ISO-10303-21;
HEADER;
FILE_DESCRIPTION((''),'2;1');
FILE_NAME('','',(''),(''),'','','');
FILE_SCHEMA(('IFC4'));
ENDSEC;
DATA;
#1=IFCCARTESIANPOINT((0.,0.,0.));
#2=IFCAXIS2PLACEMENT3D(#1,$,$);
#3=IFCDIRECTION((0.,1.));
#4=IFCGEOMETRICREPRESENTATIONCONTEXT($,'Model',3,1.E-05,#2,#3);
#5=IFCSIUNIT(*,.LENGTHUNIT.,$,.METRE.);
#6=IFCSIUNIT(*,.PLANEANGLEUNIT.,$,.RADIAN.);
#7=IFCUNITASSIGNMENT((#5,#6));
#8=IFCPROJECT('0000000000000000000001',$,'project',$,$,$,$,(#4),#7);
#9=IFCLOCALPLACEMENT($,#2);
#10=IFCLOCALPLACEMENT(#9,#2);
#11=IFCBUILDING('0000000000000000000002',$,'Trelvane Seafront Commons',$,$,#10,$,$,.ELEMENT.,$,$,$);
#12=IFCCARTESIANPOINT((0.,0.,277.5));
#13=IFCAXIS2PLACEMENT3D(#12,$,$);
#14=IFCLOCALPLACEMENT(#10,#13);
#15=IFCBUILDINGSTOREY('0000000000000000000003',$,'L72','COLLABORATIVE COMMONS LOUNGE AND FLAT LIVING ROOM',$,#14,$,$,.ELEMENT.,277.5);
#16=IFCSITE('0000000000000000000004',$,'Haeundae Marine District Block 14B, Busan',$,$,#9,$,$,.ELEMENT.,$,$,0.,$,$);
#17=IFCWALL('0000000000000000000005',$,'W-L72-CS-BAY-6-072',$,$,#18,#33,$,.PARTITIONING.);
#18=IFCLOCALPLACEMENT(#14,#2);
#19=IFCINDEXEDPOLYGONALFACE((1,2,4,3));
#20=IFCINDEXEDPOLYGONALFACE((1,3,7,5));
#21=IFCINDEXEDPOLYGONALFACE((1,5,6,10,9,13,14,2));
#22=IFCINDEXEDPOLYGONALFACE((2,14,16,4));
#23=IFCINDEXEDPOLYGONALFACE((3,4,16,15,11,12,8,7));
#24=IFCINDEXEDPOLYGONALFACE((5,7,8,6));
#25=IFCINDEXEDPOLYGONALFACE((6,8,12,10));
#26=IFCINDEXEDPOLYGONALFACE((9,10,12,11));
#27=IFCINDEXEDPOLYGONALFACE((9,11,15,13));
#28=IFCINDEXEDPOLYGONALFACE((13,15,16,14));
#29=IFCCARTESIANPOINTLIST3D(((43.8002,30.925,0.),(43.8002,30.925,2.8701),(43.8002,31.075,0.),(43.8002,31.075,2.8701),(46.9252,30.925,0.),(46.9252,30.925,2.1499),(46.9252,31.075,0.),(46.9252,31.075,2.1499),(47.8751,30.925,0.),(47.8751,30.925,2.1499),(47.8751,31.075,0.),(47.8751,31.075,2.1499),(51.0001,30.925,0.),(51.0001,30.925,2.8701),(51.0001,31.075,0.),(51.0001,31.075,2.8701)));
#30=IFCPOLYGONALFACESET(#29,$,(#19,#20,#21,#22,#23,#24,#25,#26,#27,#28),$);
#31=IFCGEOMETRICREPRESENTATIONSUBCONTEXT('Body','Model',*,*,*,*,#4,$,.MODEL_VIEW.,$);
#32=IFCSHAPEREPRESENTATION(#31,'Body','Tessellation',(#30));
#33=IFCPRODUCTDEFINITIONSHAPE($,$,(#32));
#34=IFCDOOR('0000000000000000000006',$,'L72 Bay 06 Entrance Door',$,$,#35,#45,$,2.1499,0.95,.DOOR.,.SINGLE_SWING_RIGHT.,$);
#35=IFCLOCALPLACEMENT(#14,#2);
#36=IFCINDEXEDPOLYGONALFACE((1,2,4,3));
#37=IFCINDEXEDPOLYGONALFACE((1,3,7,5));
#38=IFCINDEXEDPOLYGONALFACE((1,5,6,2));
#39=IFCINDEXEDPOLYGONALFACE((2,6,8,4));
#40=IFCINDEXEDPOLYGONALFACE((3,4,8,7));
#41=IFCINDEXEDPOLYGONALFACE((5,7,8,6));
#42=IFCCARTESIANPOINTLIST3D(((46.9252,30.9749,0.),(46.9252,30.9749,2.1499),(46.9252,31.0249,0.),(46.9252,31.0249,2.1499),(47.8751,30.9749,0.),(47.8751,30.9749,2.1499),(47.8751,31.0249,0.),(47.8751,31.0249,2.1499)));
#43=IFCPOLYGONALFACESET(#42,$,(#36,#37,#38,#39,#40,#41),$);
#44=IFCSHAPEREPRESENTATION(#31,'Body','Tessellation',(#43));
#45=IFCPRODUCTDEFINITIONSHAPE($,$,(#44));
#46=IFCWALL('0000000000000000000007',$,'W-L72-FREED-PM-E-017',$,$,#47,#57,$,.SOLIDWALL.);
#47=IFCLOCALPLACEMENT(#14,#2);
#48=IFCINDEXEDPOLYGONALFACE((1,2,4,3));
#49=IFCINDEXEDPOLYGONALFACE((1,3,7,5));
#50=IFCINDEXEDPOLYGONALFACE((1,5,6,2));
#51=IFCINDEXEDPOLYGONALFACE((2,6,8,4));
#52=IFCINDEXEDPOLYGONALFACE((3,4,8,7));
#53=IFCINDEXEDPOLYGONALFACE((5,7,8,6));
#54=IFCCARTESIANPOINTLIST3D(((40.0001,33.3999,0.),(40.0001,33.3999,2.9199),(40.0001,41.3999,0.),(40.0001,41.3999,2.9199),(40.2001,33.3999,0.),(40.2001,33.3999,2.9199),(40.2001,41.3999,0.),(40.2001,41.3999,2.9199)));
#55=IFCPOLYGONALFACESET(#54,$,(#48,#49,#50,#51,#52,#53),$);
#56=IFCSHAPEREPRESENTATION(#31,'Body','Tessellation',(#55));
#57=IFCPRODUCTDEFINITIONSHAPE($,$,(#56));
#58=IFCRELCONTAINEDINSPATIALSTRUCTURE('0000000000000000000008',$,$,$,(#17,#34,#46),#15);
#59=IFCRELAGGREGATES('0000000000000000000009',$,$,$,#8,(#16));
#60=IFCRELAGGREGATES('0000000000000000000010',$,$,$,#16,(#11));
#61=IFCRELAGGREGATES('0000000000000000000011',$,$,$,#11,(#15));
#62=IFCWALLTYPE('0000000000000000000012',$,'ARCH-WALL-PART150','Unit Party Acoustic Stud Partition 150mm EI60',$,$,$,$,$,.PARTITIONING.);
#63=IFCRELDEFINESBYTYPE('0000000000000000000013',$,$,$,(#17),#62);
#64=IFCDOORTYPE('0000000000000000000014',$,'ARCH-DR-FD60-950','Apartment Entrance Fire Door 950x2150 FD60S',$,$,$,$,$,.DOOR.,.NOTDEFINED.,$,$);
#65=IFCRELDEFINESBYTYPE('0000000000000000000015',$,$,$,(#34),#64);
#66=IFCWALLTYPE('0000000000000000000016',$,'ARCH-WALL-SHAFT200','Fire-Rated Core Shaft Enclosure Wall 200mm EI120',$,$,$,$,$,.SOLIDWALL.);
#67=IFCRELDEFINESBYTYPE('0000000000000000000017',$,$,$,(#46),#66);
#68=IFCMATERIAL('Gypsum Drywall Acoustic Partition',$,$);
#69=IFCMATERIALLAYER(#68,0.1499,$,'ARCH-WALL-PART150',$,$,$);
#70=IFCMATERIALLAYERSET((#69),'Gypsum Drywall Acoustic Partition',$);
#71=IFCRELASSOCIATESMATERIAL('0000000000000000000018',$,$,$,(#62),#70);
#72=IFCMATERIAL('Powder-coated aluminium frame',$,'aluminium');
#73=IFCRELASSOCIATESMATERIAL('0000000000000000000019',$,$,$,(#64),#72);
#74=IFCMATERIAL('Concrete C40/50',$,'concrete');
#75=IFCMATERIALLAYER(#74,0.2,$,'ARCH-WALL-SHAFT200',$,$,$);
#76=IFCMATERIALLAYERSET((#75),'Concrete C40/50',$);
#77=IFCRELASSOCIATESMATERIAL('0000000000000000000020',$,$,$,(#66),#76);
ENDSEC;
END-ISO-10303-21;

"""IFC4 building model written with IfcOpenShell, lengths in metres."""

from ifc_helpers import new_model, si_unit, direction, frame, frame_2d, origin, place, context, subcontext, project, spatial, rectangle, extrude, source, transform, mapped, material, layer, layer_set, type_object, element, fill, save


model = new_model("IFC4")

# Units and contexts
model_context = context("Model", 3, precision=1e-05, world=origin(), true_north=direction((0.0, 1.0)))
body_context = subcontext(model_context, "Body", "Model", "MODEL_VIEW")
ifc_project = project(units=[si_unit("LENGTHUNIT", "METRE"), si_unit("PLANEANGLEUNIT", "RADIAN")], contexts=[model_context])

# Site, building, storey
site_placement = place(None, origin())
site = spatial("IfcSite", under=ifc_project, at=site_placement, Name="Haeundae Marine District Block 14B, Busan", CompositionType="ELEMENT", RefElevation=0.0)
building_placement = place(site_placement, origin())
building = spatial("IfcBuilding", under=site, at=building_placement, Name="Trelvane Seafront Commons", CompositionType="ELEMENT")
storey_placement = place(building_placement, frame((0.0, 0.0, 277.5)))
storey = spatial("IfcBuildingStorey", under=building, at=storey_placement, Name="L72", Description="COLLABORATIVE COMMONS LOUNGE AND FLAT LIVING ROOM", CompositionType="ELEMENT", Elevation=277.5)

# Wall, opening, door
ifc_material_1 = material(Name="Concrete C40/50", Category="concrete")
ifc_material_2 = material(Name="Powder-coated aluminium frame", Category="aluminium")
ifc_material_3 = material(Name="Gypsum Drywall Acoustic Partition")
shared_shape_1 = source(origin(), body_context, "Body", "SweptSolid", [
    extrude(rectangle(XDim=0.95, YDim=2.1499, at=frame_2d((0.4751, 1.075))), frame((0.0, 0.0249, 0.0), z_axis=(0.0, -1.0, 0.0), x_axis=(1.0, 0.0, 0.0)), (0.0, 0.0, 1.0), 0.05),
])
ifc_layer_1 = layer(ifc_material_3, 0.1499, Name="ARCH-WALL-PART150")
ifc_layer_set_1 = layer_set([ifc_layer_1], Name="Gypsum Drywall Acoustic Partition")
wall_type_1 = type_object("IfcWallType", Name="ARCH-WALL-PART150", Description="Unit Party Acoustic Stud Partition 150mm EI60", PredefinedType="PARTITIONING", material=ifc_layer_set_1)
wall_1_placement = place(storey_placement, frame((43.8, 31.0, 0.0), z_axis=(0.0, 0.0, 1.0), x_axis=(1.0, 0.0, 0.0)))
wall_1 = element("IfcWall", 1, at=wall_1_placement, inside=storey, type_object=wall_type_1, Name="W-L72-CS-BAY-6-072", PredefinedType="PARTITIONING", context=body_context, shape_type="SweptSolid", body=[
    extrude(rectangle(XDim=7.2, YDim=0.1499, at=frame_2d((3.6001, 0.0))), origin(), (0.0, 0.0, 1.0), 2.8701),
])
opening_1_placement = place(wall_1_placement, frame((3.125, 0.0, 0.0)))
opening_1 = element("IfcOpeningElement", 2, at=opening_1_placement, cuts=wall_1, PredefinedType="OPENING", context=body_context, shape_type="SweptSolid", body=[
    extrude(rectangle(XDim=0.95, YDim=2.1499, at=frame_2d((0.4751, 1.075))), frame((0.0, 0.085, 0.0), z_axis=(0.0, -1.0, 0.0), x_axis=(1.0, 0.0, 0.0)), (0.0, 0.0, 1.0), 0.1699),
])
door_type_1 = type_object("IfcDoorType", Name="ARCH-DR-FD60-950", Description="Apartment Entrance Fire Door 950x2150 FD60S", OperationType="NOTDEFINED", PredefinedType="DOOR", material=ifc_material_2)
door_1_placement = place(opening_1_placement, origin())
door_1 = element("IfcDoor", 3, at=door_1_placement, inside=storey, type_object=door_type_1, Name="L72 Bay 06 Entrance Door", OperationType="SINGLE_SWING_RIGHT", OverallHeight=2.1499, OverallWidth=0.95, PredefinedType="DOOR", context=body_context, shape_type="MappedRepresentation", body=[
    mapped(shared_shape_1, transform((0.0, 0.0, 0.0), x_axis=(1.0, 0.0, 0.0), y_axis=(0.0, 1.0, 0.0), z_axis=(0.0, 0.0, 1.0), scale=1.0)),
])
fill(opening_1, door_1)

# Wall
ifc_layer_2 = layer(ifc_material_1, 0.2, Name="ARCH-WALL-SHAFT200")
ifc_layer_set_2 = layer_set([ifc_layer_2], Name="Concrete C40/50")
wall_type_2 = type_object("IfcWallType", Name="ARCH-WALL-SHAFT200", Description="Fire-Rated Core Shaft Enclosure Wall 200mm EI120", PredefinedType="SOLIDWALL", material=ifc_layer_set_2)
wall_2_placement = place(storey_placement, frame((40.1001, 33.3999, 0.0), z_axis=(0.0, 0.0, 1.0), x_axis=(0.0, 1.0, 0.0)))
element("IfcWall", 4, at=wall_2_placement, inside=storey, type_object=wall_type_2, Name="W-L72-FREED-PM-E-017", PredefinedType="SOLIDWALL", context=body_context, shape_type="SweptSolid", body=[
    extrude(rectangle(XDim=8.0, YDim=0.2, at=frame_2d((4.0, 0.0))), origin(), (0.0, 0.0, 1.0), 2.9199),
])

save(model, "model.ifc")
